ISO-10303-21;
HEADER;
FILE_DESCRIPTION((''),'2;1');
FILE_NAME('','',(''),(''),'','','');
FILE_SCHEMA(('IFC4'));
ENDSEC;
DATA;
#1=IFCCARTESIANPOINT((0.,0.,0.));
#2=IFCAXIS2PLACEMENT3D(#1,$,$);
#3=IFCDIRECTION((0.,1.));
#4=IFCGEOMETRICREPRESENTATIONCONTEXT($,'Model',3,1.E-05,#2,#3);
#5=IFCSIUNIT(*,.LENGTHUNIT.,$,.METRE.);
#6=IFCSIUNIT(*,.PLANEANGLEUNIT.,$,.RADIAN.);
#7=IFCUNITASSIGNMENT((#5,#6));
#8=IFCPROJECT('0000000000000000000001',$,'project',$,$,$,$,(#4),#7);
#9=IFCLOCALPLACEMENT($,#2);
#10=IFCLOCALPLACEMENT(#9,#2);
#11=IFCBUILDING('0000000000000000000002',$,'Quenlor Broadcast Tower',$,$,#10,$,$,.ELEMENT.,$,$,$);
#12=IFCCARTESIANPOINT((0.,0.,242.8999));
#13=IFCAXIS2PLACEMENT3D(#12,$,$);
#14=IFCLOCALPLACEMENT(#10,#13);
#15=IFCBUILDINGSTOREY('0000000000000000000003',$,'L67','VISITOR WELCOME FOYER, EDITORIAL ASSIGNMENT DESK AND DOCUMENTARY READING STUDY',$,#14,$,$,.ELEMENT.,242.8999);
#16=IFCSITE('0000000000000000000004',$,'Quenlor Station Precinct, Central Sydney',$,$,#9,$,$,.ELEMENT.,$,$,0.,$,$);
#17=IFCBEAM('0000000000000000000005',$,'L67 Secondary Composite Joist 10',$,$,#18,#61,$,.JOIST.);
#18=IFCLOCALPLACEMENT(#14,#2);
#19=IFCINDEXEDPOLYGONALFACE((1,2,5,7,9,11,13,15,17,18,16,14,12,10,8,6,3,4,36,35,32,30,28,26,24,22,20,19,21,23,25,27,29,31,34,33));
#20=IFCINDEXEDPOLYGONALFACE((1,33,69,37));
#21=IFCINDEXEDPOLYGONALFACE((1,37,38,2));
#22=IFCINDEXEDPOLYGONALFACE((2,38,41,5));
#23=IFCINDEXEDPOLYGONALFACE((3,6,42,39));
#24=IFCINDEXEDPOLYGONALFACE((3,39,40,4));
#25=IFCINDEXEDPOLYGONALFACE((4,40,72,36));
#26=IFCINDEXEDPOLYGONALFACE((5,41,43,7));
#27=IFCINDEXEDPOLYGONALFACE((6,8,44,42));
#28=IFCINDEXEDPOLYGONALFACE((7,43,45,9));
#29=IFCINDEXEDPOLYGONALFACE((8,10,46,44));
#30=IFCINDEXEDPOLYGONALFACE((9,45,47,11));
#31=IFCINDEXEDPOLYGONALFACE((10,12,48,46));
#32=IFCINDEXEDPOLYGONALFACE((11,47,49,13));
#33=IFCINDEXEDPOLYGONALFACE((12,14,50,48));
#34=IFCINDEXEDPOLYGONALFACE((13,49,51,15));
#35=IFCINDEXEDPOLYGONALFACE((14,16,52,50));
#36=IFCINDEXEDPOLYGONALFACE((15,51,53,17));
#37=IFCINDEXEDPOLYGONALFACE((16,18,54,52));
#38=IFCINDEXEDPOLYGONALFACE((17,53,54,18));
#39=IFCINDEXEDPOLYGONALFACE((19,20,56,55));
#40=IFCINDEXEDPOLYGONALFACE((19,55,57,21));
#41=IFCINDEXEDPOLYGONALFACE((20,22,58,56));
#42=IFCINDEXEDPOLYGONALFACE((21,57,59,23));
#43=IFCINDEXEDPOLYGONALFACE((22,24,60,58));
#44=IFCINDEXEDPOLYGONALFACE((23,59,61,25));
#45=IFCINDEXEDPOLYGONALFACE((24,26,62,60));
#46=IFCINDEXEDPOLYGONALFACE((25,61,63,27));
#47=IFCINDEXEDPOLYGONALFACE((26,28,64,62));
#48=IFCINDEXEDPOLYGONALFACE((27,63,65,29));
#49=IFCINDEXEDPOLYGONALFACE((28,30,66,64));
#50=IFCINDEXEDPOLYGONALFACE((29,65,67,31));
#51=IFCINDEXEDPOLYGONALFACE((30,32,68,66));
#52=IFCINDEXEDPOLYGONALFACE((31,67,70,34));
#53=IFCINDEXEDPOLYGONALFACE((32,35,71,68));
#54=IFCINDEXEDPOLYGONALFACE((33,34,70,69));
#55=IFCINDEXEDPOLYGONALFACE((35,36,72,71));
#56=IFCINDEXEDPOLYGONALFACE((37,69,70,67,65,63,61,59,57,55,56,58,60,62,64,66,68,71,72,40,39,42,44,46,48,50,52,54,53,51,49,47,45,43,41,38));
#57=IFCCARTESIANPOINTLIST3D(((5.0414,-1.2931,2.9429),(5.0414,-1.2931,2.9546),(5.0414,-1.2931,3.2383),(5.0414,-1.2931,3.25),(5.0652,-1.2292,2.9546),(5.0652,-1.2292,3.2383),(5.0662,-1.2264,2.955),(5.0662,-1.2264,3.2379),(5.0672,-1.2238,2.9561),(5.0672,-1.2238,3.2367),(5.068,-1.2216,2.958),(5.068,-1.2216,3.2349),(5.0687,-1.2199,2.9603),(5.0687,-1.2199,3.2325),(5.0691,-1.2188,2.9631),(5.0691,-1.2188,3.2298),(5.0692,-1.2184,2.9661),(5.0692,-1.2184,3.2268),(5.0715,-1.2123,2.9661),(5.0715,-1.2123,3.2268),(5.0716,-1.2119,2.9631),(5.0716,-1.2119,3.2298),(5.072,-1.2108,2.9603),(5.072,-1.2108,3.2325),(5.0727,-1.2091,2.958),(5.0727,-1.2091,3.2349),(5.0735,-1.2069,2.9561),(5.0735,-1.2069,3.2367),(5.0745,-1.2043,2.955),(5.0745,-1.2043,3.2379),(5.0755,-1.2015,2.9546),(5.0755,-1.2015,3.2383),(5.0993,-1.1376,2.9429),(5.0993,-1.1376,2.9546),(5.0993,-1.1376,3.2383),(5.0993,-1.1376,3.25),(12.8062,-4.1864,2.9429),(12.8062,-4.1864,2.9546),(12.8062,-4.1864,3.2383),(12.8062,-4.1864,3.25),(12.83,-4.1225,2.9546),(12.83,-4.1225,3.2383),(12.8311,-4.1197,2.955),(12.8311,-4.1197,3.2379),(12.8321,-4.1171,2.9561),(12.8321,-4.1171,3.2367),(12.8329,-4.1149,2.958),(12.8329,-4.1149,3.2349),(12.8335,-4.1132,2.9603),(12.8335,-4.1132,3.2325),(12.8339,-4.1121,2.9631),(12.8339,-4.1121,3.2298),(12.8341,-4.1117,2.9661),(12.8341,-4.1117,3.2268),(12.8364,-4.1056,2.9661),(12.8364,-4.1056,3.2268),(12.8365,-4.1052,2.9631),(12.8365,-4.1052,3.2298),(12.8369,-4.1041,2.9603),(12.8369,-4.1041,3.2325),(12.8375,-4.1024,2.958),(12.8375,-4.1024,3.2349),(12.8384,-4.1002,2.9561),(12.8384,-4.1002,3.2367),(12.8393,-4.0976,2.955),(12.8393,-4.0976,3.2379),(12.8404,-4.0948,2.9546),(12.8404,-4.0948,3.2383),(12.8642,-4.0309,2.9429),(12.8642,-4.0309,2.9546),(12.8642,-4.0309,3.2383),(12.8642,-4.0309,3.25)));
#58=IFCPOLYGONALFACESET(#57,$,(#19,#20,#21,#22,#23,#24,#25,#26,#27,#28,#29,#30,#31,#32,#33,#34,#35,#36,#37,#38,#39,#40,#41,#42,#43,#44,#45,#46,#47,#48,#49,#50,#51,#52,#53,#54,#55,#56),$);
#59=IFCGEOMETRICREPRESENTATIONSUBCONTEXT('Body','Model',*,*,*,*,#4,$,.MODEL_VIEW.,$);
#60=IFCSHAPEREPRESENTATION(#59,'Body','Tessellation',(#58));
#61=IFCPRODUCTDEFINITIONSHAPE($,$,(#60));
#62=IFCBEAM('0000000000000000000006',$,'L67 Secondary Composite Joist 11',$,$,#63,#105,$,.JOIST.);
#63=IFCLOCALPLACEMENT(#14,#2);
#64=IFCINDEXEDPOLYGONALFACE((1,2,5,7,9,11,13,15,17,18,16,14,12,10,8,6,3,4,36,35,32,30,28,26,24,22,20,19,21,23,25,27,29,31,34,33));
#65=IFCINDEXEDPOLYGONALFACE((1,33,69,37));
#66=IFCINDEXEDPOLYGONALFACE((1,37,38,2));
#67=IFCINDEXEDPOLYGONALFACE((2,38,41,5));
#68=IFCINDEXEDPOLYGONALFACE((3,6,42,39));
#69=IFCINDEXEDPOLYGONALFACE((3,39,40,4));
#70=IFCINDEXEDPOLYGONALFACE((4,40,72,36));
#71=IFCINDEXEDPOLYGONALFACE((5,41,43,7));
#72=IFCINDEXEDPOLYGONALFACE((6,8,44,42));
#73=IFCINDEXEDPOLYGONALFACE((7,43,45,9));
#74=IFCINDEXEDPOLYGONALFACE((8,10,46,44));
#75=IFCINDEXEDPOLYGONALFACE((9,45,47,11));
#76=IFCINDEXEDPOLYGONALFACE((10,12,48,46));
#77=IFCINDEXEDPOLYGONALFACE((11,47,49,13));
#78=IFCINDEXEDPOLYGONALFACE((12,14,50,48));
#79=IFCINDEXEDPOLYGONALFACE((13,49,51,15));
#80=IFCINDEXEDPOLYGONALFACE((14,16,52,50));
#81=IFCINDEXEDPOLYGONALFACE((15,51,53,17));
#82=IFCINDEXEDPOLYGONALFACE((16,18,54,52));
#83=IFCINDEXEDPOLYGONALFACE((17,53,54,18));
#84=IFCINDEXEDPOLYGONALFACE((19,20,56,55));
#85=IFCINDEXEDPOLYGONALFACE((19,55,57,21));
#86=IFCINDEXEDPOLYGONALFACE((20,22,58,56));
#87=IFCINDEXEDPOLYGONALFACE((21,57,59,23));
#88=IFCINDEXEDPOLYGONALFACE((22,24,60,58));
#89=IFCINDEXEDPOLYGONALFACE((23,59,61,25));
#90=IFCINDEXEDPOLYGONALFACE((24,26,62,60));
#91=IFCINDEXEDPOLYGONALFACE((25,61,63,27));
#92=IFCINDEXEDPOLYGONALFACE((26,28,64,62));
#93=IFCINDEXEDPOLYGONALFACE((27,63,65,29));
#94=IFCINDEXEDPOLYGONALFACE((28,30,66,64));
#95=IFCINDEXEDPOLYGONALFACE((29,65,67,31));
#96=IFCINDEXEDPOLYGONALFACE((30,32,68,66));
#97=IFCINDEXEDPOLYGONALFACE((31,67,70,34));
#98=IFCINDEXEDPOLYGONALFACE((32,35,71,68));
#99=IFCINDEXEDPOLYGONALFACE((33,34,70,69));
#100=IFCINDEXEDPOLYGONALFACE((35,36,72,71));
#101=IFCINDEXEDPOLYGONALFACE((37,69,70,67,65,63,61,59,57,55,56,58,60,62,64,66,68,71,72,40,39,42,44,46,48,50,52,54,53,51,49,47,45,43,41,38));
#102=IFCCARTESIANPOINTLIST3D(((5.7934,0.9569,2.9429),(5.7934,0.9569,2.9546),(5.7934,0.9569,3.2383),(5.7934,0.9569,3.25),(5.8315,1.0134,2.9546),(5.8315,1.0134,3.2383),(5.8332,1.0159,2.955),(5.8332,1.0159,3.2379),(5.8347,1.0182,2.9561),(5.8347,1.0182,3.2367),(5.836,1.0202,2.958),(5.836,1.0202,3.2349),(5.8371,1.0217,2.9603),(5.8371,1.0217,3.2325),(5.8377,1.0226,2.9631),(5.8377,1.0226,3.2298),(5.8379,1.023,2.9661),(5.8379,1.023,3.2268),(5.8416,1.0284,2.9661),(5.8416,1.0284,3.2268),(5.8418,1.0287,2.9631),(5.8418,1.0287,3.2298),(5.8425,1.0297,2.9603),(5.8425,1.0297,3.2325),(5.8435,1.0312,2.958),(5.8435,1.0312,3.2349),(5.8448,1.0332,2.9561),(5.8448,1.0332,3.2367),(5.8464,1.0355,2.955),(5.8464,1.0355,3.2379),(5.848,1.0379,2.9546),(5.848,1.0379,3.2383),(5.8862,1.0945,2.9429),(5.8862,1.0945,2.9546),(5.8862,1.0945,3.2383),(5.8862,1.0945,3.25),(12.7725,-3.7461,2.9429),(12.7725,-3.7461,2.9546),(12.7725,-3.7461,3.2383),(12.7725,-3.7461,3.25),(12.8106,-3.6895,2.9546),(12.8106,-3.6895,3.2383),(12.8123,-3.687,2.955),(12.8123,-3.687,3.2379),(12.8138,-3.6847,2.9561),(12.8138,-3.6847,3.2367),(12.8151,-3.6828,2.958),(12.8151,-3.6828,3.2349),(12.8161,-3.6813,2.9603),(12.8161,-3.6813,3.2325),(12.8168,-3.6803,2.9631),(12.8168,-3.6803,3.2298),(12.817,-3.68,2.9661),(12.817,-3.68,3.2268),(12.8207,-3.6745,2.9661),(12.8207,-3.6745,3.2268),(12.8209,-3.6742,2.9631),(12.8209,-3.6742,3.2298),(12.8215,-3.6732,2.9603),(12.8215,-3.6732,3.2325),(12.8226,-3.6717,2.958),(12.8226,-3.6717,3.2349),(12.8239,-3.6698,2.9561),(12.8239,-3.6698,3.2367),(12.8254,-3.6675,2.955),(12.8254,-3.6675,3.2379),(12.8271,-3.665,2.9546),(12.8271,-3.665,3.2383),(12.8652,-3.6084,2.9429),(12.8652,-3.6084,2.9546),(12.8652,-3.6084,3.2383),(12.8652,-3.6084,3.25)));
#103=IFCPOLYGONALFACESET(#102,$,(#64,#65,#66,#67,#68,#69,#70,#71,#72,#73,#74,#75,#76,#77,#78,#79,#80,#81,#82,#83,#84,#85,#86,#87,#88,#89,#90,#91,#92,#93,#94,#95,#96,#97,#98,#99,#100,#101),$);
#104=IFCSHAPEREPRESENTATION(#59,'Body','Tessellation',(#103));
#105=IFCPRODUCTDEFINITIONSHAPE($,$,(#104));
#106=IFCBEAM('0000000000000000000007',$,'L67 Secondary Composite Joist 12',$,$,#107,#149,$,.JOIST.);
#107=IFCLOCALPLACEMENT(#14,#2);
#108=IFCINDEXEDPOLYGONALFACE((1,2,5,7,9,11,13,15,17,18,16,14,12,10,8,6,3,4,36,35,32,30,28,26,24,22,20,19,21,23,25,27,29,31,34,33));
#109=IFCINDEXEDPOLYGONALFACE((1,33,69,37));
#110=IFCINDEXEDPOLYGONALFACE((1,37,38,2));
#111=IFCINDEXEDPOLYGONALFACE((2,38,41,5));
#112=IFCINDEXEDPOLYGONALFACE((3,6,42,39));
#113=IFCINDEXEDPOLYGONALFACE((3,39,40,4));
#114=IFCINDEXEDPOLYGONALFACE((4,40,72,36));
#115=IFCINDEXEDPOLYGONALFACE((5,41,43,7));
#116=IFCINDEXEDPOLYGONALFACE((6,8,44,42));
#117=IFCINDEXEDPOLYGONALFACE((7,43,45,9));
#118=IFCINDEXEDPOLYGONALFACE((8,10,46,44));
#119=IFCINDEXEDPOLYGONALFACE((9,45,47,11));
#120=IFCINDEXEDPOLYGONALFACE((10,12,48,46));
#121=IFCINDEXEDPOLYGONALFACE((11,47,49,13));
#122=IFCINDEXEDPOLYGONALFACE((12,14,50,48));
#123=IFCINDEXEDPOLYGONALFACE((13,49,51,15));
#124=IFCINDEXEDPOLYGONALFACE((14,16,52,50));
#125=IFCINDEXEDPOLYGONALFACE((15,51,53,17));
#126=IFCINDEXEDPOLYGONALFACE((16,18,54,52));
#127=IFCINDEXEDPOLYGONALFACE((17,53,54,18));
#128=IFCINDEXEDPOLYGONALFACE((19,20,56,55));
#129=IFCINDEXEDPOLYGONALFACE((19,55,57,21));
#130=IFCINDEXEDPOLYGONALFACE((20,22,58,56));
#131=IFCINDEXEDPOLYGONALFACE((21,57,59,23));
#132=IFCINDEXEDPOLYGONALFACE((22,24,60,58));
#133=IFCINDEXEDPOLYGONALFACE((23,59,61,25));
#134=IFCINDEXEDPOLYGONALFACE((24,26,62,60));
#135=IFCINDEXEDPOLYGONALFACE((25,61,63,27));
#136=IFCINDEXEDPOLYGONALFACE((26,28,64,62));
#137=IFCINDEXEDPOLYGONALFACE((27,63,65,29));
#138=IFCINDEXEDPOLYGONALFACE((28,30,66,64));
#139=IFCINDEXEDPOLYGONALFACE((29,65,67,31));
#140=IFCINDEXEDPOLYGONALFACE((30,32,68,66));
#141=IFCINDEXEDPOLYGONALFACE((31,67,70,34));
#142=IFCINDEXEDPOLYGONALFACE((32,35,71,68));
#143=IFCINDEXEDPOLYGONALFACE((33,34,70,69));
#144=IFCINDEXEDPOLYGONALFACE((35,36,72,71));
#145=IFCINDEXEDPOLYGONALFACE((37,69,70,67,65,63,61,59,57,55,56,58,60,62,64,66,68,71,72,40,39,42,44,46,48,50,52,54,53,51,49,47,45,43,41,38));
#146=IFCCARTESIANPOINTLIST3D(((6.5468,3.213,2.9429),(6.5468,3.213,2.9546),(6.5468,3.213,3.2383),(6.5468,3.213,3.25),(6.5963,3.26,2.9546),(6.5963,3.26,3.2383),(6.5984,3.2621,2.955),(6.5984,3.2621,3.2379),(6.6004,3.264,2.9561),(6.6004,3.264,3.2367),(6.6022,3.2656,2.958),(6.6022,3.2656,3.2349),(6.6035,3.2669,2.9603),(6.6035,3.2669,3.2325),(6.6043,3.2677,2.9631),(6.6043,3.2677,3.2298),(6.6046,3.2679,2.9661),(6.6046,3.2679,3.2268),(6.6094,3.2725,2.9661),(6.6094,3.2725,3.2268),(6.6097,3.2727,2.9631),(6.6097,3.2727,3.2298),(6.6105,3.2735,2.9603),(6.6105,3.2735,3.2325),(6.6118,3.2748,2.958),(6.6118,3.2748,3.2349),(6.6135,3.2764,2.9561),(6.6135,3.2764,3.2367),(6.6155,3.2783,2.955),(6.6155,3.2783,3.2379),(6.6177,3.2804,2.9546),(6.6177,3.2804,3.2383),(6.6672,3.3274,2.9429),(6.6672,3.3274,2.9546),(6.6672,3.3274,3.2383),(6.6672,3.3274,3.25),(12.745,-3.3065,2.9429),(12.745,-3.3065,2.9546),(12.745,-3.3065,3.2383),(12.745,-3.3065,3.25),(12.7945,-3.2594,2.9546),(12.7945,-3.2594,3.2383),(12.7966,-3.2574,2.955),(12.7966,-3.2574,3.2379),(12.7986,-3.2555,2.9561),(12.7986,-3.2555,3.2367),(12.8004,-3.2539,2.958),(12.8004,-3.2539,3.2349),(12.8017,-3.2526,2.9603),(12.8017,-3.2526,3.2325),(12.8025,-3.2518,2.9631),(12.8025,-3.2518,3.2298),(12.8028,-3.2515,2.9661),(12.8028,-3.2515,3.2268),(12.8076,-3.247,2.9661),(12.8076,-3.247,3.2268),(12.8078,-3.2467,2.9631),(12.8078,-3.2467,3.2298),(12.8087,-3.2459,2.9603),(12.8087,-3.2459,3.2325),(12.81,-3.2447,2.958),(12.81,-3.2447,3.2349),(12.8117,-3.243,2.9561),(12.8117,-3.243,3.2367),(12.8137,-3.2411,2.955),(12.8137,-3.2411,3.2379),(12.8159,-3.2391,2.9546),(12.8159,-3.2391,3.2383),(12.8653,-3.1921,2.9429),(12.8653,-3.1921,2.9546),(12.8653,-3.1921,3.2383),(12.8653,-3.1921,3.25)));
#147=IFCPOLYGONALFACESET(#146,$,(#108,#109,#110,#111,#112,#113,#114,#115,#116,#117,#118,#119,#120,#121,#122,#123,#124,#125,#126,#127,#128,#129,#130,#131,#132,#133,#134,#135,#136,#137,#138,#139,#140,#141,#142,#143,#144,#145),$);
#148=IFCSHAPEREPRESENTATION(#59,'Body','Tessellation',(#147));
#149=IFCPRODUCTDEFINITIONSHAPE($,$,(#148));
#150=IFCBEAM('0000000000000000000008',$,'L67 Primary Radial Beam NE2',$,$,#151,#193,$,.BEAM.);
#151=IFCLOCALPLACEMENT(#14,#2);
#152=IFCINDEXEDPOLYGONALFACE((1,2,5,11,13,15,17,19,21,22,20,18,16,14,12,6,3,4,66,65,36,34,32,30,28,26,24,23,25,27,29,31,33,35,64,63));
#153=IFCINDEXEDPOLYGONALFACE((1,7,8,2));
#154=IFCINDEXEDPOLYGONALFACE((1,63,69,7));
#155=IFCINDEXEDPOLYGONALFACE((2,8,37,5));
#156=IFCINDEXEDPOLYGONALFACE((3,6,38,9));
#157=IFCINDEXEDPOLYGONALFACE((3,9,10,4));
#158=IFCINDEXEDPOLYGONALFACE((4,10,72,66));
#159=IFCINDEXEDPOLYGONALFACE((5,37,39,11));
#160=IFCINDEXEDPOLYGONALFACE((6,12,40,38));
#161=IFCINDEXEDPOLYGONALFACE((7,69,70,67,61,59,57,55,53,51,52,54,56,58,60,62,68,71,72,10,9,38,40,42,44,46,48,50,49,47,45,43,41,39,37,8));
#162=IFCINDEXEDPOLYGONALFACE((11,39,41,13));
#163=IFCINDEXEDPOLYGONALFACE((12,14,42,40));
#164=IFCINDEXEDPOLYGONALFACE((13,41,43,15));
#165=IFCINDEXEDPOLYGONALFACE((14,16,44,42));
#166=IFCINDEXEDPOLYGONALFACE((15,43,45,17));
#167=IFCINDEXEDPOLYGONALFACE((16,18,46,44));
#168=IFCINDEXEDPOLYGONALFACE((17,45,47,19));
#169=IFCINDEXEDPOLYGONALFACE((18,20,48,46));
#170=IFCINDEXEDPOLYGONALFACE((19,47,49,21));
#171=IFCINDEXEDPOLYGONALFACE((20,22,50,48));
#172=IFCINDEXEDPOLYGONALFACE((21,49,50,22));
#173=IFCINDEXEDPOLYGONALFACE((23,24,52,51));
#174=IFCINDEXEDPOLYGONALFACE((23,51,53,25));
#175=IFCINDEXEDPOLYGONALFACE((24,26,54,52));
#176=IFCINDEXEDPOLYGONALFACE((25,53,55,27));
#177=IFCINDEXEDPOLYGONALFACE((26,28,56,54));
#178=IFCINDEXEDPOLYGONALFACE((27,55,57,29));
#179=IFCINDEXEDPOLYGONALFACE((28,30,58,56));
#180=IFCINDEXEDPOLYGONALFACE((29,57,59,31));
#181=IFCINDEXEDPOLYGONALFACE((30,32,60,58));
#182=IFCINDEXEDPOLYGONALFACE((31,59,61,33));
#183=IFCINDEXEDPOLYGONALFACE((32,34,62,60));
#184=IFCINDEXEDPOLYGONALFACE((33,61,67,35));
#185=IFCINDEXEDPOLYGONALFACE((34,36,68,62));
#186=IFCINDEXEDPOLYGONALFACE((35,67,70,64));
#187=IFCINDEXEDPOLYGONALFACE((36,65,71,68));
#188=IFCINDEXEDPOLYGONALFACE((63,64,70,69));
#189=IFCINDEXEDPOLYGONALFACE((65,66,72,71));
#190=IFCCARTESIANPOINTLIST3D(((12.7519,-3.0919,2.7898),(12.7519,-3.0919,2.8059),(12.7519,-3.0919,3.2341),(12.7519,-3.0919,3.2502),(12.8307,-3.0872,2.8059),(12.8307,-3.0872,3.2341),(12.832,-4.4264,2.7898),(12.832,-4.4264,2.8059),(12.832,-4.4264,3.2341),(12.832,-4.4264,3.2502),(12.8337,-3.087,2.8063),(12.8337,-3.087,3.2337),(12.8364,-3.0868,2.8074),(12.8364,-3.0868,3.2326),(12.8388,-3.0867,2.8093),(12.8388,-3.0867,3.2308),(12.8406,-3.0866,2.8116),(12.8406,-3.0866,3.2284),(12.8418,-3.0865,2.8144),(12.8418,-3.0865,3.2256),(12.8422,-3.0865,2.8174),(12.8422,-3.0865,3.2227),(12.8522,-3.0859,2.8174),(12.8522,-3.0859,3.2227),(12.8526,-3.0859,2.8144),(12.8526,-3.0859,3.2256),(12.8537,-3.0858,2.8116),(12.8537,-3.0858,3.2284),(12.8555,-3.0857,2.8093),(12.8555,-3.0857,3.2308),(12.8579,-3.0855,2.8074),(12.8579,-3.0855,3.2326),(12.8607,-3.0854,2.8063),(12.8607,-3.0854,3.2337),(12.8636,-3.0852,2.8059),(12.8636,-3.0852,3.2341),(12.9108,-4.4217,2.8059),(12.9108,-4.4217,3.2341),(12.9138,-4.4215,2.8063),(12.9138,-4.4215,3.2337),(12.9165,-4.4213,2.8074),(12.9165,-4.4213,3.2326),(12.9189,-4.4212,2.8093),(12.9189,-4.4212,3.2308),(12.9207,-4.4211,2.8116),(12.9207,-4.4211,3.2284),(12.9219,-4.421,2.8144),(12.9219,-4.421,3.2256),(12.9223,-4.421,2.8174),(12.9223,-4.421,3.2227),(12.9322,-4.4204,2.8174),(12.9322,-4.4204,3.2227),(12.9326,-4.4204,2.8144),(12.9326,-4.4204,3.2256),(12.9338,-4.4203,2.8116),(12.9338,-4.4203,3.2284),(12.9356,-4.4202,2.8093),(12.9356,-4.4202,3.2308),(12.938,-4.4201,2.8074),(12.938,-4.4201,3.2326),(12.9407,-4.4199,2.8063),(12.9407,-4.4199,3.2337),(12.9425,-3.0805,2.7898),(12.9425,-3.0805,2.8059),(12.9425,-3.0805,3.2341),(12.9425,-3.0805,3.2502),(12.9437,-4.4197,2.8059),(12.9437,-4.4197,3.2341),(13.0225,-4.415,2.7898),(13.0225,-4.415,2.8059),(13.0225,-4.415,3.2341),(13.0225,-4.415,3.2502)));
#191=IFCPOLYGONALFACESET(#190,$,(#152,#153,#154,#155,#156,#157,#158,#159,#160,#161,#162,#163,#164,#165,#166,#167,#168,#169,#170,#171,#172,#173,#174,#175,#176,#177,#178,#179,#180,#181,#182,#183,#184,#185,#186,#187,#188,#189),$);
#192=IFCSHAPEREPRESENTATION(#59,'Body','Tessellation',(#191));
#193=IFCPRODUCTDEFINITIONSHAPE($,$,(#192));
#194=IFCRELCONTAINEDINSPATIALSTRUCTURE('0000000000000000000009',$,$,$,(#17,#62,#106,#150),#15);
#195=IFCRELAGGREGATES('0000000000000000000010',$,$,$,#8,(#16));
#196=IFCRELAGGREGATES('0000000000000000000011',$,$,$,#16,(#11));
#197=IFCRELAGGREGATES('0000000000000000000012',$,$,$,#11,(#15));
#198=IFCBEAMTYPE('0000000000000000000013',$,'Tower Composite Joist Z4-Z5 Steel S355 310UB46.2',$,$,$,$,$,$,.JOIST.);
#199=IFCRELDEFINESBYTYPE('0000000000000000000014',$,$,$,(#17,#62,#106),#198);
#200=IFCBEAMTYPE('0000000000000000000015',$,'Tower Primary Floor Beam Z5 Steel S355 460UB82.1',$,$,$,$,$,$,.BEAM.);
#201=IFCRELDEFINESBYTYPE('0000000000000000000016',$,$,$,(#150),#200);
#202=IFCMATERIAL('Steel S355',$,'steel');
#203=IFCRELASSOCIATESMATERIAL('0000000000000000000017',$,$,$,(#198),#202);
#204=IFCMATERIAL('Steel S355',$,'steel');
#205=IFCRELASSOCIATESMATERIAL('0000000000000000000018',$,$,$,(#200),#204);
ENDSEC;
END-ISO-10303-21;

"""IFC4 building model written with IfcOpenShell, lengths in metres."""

from ifc_helpers import new_model, si_unit, direction, frame, origin, origin_2d, place, context, subcontext, project, spatial, i_section, extrude, material, material_profile, profile_set, type_object, element, save


model = new_model("IFC4")

# Units and contexts
model_context = context("Model", 3, precision=1e-05, world=origin(), true_north=direction((0.0, 1.0)))
body_context = subcontext(model_context, "Body", "Model", "MODEL_VIEW")
ifc_project = project(units=[si_unit("LENGTHUNIT", "METRE"), si_unit("PLANEANGLEUNIT", "RADIAN")], contexts=[model_context])

# Site, building, storey
site_placement = place(None, origin())
site = spatial("IfcSite", under=ifc_project, at=site_placement, Name="Quenlor Station Precinct, Central Sydney", CompositionType="ELEMENT", RefElevation=0.0)
building_placement = place(site_placement, origin())
building = spatial("IfcBuilding", under=site, at=building_placement, Name="Quenlor Broadcast Tower", CompositionType="ELEMENT")
storey_placement = place(building_placement, frame((0.0, 0.0, 242.8999)))
storey = spatial("IfcBuildingStorey", under=building, at=storey_placement, Name="L67", Description="VISITOR WELCOME FOYER, EDITORIAL ASSIGNMENT DESK AND DOCUMENTARY READING STUDY", CompositionType="ELEMENT", Elevation=242.8999)

# Beams
ifc_material_1 = material(Name="Steel S355", Category="steel")
ifc_material_profile_1 = material_profile(ifc_material_1, i_section(OverallWidth=0.166, OverallDepth=0.3071, WebThickness=0.0066, FlangeThickness=0.0117, FilletRadius=0.0115, at=origin_2d()))
ifc_profile_set_1 = profile_set([ifc_material_profile_1], Name="Steel S355 310UB46.2")
beam_type_1 = type_object("IfcBeamType", Name="Tower Composite Joist Z4-Z5 Steel S355 310UB46.2", PredefinedType="JOIST", material=ifc_profile_set_1)
beam_1_placement = place(storey_placement, frame((12.8352, -4.1086, 3.0964), z_axis=(-0.937062, 0.349163, 0.0), x_axis=(-0.349163, -0.937062, 0.0)))
element("IfcBeam", 1, at=beam_1_placement, inside=storey, type_object=beam_type_1, Name="L67 Secondary Composite Joist 10", PredefinedType="JOIST", context=body_context, shape_type="SweptSolid", body=[
    extrude(i_section(OverallWidth=0.166, OverallDepth=0.3071, WebThickness=0.0066, FlangeThickness=0.0117, FilletRadius=0.0115, at=origin_2d()), origin(), (0.0, 0.0, 1.0), 8.2864),
])
beam_2_placement = place(storey_placement, frame((12.8188, -3.6772, 3.0964), z_axis=(-0.829286, 0.558824, 0.0), x_axis=(-0.558824, -0.829286, 0.0)))
element("IfcBeam", 2, at=beam_2_placement, inside=storey, type_object=beam_type_1, Name="L67 Secondary Composite Joist 11", PredefinedType="JOIST", context=body_context, shape_type="SweptSolid", body=[
    extrude(i_section(OverallWidth=0.166, OverallDepth=0.3071, WebThickness=0.0066, FlangeThickness=0.0117, FilletRadius=0.0115, at=origin_2d()), origin(), (0.0, 0.0, 1.0), 8.4158),
])
beam_3_placement = place(storey_placement, frame((12.8052, -3.2493, 3.0964), z_axis=(-0.689023, 0.724739, 0.0), x_axis=(-0.724739, -0.689023, 0.0)))
element("IfcBeam", 3, at=beam_3_placement, inside=storey, type_object=beam_type_1, Name="L67 Secondary Composite Joist 12", PredefinedType="JOIST", context=body_context, shape_type="SweptSolid", body=[
    extrude(i_section(OverallWidth=0.166, OverallDepth=0.3071, WebThickness=0.0066, FlangeThickness=0.0117, FilletRadius=0.0115, at=origin_2d()), origin(), (0.0, 0.0, 1.0), 8.9956),
])
ifc_material_2 = material(Name="Steel S355", Category="steel")
ifc_material_profile_2 = material_profile(ifc_material_2, i_section(OverallWidth=0.1909, OverallDepth=0.4604, WebThickness=0.01, FlangeThickness=0.0161, FilletRadius=0.0115, at=origin_2d()))
ifc_profile_set_2 = profile_set([ifc_material_profile_2], Name="Steel S355 460UB82.1")
beam_type_2 = type_object("IfcBeamType", Name="Tower Primary Floor Beam Z5 Steel S355 460UB82.1", PredefinedType="BEAM", material=ifc_profile_set_2)
beam_4_placement = place(storey_placement, frame((12.8472, -3.0862, 3.02), z_axis=(0.0599, -0.998204, 0.0), x_axis=(0.998204, 0.0599, 0.0)))
element("IfcBeam", 4, at=beam_4_placement, inside=storey, type_object=beam_type_2, Name="L67 Primary Radial Beam NE2", PredefinedType="BEAM", context=body_context, shape_type="SweptSolid", body=[
    extrude(i_section(OverallWidth=0.1909, OverallDepth=0.4604, WebThickness=0.01, FlangeThickness=0.0161, FilletRadius=0.0115, at=origin_2d()), origin(), (0.0, 0.0, 1.0), 1.3369),
])

save(model, "model.ifc")
